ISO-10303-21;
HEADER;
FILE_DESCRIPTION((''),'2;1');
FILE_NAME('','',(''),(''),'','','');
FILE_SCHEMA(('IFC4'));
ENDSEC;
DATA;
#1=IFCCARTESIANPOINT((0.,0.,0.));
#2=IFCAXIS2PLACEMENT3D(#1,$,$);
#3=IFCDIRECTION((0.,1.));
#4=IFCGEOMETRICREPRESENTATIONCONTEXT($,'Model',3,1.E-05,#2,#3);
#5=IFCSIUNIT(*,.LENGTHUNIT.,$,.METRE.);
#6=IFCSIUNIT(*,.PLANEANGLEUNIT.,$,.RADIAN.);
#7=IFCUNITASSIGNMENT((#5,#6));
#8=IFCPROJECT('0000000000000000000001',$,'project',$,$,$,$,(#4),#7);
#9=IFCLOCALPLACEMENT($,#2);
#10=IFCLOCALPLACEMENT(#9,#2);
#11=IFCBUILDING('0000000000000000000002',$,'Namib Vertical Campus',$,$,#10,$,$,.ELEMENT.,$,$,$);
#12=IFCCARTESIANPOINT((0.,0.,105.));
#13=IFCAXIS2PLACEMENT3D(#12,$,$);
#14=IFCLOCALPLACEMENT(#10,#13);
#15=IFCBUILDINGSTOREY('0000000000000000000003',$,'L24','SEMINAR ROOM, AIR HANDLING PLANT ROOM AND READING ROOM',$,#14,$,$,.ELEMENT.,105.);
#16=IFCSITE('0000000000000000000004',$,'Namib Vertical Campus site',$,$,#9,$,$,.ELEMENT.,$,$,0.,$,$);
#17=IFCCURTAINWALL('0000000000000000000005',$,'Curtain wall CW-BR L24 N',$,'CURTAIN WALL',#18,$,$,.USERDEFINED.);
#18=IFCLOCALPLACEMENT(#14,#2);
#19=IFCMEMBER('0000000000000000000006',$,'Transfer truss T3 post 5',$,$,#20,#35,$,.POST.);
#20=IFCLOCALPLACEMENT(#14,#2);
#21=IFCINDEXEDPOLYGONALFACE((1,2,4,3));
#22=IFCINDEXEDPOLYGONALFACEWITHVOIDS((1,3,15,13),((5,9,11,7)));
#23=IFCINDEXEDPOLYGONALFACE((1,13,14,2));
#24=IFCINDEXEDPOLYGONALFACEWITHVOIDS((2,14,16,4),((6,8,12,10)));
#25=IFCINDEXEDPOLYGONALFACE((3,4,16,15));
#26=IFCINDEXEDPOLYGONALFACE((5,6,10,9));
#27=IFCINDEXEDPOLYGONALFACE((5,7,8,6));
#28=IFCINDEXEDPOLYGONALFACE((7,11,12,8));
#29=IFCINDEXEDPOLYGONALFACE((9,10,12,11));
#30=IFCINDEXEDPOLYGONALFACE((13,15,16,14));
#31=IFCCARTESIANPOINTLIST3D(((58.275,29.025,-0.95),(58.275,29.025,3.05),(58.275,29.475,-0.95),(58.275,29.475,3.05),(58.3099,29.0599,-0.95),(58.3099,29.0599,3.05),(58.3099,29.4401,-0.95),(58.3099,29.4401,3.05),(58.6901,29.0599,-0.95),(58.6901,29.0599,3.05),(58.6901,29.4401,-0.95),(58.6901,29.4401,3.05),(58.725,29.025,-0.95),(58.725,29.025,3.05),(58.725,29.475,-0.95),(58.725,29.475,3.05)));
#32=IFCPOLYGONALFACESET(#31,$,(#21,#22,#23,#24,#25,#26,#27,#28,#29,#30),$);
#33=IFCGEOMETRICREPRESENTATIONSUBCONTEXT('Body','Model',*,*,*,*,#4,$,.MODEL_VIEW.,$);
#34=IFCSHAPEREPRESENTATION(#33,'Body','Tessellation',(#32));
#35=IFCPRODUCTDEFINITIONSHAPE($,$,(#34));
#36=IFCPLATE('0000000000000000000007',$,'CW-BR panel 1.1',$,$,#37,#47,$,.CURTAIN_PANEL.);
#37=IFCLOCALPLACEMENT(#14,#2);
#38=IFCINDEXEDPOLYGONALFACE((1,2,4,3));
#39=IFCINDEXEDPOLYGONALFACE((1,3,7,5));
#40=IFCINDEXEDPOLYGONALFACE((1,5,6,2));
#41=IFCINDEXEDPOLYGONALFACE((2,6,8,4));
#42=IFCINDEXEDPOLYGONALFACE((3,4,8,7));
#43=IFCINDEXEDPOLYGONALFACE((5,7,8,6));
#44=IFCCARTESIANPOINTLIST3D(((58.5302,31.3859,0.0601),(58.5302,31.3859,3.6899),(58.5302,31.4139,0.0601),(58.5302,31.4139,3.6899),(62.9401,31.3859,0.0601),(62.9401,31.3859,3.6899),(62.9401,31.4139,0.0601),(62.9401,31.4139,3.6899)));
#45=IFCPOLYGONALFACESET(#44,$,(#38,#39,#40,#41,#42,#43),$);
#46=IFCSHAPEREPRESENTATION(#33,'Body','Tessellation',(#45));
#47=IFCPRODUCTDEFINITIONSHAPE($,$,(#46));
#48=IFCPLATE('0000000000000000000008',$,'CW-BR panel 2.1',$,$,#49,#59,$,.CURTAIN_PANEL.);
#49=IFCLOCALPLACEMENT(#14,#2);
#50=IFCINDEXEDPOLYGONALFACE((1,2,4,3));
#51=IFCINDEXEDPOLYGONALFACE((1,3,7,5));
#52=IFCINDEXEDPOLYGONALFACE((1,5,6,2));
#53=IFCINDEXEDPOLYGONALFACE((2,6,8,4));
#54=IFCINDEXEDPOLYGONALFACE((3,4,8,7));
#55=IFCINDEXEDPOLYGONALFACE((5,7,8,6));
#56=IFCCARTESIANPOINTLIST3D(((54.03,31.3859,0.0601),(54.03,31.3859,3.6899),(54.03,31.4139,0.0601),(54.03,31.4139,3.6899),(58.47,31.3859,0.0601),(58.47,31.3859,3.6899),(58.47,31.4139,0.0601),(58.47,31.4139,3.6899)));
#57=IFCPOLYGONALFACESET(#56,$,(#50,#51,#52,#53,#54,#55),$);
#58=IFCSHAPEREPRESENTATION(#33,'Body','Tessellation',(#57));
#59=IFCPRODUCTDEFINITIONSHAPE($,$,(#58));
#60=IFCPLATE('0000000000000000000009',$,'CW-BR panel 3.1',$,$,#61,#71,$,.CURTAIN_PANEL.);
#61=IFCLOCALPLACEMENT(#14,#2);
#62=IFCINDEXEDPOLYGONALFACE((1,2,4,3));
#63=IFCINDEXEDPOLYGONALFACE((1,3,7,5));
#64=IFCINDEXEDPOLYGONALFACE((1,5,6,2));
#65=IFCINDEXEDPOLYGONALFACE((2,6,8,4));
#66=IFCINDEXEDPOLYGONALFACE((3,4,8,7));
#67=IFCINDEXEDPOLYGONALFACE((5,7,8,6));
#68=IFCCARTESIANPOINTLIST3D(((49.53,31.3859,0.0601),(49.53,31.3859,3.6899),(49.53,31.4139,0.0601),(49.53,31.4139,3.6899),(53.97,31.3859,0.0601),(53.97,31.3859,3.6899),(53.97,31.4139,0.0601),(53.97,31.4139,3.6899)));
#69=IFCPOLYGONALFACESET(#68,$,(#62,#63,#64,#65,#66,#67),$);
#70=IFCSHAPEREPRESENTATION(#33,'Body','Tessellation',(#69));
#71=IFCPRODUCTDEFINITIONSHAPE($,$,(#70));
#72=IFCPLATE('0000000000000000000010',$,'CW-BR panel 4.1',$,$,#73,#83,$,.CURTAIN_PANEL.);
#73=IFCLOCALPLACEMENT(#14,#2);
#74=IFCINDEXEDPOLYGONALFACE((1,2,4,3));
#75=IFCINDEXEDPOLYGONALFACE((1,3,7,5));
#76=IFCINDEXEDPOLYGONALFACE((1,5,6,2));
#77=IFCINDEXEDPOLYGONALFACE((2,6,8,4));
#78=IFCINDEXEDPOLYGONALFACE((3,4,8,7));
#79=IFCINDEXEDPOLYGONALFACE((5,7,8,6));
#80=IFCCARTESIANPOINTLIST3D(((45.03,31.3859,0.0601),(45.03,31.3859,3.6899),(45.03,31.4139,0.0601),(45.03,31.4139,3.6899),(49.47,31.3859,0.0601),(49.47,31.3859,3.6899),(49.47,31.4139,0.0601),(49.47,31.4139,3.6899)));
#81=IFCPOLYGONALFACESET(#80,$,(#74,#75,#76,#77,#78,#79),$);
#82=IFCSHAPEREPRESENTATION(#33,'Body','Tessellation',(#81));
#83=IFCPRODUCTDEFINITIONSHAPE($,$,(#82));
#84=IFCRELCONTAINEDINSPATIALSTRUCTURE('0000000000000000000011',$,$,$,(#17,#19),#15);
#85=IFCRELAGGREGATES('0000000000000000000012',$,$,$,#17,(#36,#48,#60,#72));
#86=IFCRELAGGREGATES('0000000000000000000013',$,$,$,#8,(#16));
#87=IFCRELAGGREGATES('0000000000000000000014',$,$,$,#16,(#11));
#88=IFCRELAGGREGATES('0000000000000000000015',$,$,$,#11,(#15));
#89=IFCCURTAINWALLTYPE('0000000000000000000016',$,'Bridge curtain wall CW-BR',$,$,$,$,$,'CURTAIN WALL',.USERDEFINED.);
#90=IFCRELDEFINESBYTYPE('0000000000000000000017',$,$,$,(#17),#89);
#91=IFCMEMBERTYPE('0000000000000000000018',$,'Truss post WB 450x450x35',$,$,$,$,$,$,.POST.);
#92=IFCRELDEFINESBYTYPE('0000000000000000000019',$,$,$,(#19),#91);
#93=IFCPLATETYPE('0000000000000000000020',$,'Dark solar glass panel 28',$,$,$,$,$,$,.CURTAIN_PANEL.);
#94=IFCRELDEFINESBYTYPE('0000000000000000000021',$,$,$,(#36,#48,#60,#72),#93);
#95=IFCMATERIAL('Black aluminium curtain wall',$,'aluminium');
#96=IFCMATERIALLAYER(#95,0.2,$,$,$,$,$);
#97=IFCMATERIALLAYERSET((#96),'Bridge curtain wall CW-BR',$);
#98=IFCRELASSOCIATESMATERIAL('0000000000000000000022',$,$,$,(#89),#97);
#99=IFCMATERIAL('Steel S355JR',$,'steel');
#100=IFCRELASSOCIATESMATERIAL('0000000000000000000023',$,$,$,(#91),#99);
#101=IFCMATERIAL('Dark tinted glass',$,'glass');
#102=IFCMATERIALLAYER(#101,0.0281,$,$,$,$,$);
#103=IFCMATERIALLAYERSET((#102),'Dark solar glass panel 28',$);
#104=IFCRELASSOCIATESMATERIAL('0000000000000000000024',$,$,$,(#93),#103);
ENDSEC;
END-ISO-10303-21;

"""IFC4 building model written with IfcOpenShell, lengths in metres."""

from ifc_helpers import new_model, si_unit, direction, frame, origin, origin_2d, place, context, subcontext, project, spatial, rectangle, hollow_rectangle, extrude, material, layer, layer_set, material_profile, profile_set, type_object, element, aggregate, save


model = new_model("IFC4")

# Units and contexts
model_context = context("Model", 3, precision=1e-05, world=origin(), true_north=direction((0.0, 1.0)))
body_context = subcontext(model_context, "Body", "Model", "MODEL_VIEW")
ifc_project = project(units=[si_unit("LENGTHUNIT", "METRE"), si_unit("PLANEANGLEUNIT", "RADIAN")], contexts=[model_context])

# Site, building, storey
site_placement = place(None, origin())
site = spatial("IfcSite", under=ifc_project, at=site_placement, Name="Namib Vertical Campus site", CompositionType="ELEMENT", RefElevation=0.0)
building_placement = place(site_placement, origin())
building = spatial("IfcBuilding", under=site, at=building_placement, Name="Namib Vertical Campus", CompositionType="ELEMENT")
storey_placement = place(building_placement, frame((0.0, 0.0, 105.0)))
storey = spatial("IfcBuildingStorey", under=building, at=storey_placement, Name="L24", Description="SEMINAR ROOM, AIR HANDLING PLANT ROOM AND READING ROOM", CompositionType="ELEMENT", Elevation=105.0)

# Curtain wall
ifc_material_1 = material(Name="Black aluminium curtain wall", Category="aluminium")
ifc_layer_1 = layer(ifc_material_1, 0.2)
ifc_layer_set_1 = layer_set([ifc_layer_1], Name="Bridge curtain wall CW-BR")
curtain_wall_type = type_object("IfcCurtainWallType", Name="Bridge curtain wall CW-BR", ElementType="CURTAIN WALL", PredefinedType="USERDEFINED", material=ifc_layer_set_1)
curtain_wall_placement = place(storey_placement, origin())
curtain_wall = element("IfcCurtainWall", 1, at=curtain_wall_placement, inside=storey, type_object=curtain_wall_type, Name="Curtain wall CW-BR L24 N", ObjectType="CURTAIN WALL", PredefinedType="USERDEFINED")

# Member
ifc_material_2 = material(Name="Steel S355JR", Category="steel")
ifc_material_profile_1 = material_profile(ifc_material_2, hollow_rectangle(XDim=0.45, YDim=0.45, WallThickness=0.0349, at=origin_2d()))
ifc_profile_set_1 = profile_set([ifc_material_profile_1], Name="Steel S355JR")
member_type_1 = type_object("IfcMemberType", Name="Truss post WB 450x450x35", PredefinedType="POST", material=ifc_profile_set_1)
for number, where, z_axis, x_axis, name in (
    (2, (58.5, 29.25, -0.95), (0.0, 0.0, 1.0), (1.0, 0.0, 0.0), "Transfer truss T3 post 5"),
):
    element("IfcMember", number, at=place(storey_placement, frame(where, z_axis=z_axis, x_axis=x_axis)), inside=storey, type_object=member_type_1, Name=name, PredefinedType="POST", context=body_context, shape_type="SweptSolid", body=[
        extrude(hollow_rectangle(XDim=0.45, YDim=0.45, WallThickness=0.0349, at=origin_2d()), origin(), (0.0, 0.0, 1.0), 4.0),
    ])

# Plates
ifc_material_3 = material(Name="Dark tinted glass", Category="glass")
ifc_layer_2 = layer(ifc_material_3, 0.0281)
ifc_layer_set_2 = layer_set([ifc_layer_2], Name="Dark solar glass panel 28")
plate_type = type_object("IfcPlateType", Name="Dark solar glass panel 28", PredefinedType="CURTAIN_PANEL", material=ifc_layer_set_2)
plate_1_placement = place(storey_placement, frame((60.7351, 31.3999, 0.0601), z_axis=(0.0, 0.0, 1.0), x_axis=(-1.0, 0.0, 0.0)))
plate_1 = element("IfcPlate", 3, at=plate_1_placement, type_object=plate_type, Name="CW-BR panel 1.1", PredefinedType="CURTAIN_PANEL", context=body_context, shape_type="SweptSolid", body=[
    extrude(rectangle(XDim=4.4099, YDim=0.0281, at=origin_2d()), origin(), (0.0, 0.0, 1.0), 3.6299),
])
plate_2_placement = place(storey_placement, frame((56.25, 31.3999, 0.0601), z_axis=(0.0, 0.0, 1.0), x_axis=(-1.0, 0.0, 0.0)))
plate_2 = element("IfcPlate", 4, at=plate_2_placement, type_object=plate_type, Name="CW-BR panel 2.1", PredefinedType="CURTAIN_PANEL", context=body_context, shape_type="SweptSolid", body=[
    extrude(rectangle(XDim=4.4399, YDim=0.0281, at=origin_2d()), origin(), (0.0, 0.0, 1.0), 3.6299),
])
plate_3_placement = place(storey_placement, frame((51.75, 31.3999, 0.0601), z_axis=(0.0, 0.0, 1.0), x_axis=(-1.0, 0.0, 0.0)))
plate_3 = element("IfcPlate", 5, at=plate_3_placement, type_object=plate_type, Name="CW-BR panel 3.1", PredefinedType="CURTAIN_PANEL", context=body_context, shape_type="SweptSolid", body=[
    extrude(rectangle(XDim=4.4399, YDim=0.0281, at=origin_2d()), origin(), (0.0, 0.0, 1.0), 3.6299),
])
plate_4_placement = place(storey_placement, frame((47.25, 31.3999, 0.0601), z_axis=(0.0, 0.0, 1.0), x_axis=(-1.0, 0.0, 0.0)))
plate_4 = element("IfcPlate", 6, at=plate_4_placement, type_object=plate_type, Name="CW-BR panel 4.1", PredefinedType="CURTAIN_PANEL", context=body_context, shape_type="SweptSolid", body=[
    extrude(rectangle(XDim=4.4399, YDim=0.0281, at=origin_2d()), origin(), (0.0, 0.0, 1.0), 3.6299),
])
aggregate(curtain_wall, [plate_1, plate_2, plate_3, plate_4])

save(model, "model.ifc")
